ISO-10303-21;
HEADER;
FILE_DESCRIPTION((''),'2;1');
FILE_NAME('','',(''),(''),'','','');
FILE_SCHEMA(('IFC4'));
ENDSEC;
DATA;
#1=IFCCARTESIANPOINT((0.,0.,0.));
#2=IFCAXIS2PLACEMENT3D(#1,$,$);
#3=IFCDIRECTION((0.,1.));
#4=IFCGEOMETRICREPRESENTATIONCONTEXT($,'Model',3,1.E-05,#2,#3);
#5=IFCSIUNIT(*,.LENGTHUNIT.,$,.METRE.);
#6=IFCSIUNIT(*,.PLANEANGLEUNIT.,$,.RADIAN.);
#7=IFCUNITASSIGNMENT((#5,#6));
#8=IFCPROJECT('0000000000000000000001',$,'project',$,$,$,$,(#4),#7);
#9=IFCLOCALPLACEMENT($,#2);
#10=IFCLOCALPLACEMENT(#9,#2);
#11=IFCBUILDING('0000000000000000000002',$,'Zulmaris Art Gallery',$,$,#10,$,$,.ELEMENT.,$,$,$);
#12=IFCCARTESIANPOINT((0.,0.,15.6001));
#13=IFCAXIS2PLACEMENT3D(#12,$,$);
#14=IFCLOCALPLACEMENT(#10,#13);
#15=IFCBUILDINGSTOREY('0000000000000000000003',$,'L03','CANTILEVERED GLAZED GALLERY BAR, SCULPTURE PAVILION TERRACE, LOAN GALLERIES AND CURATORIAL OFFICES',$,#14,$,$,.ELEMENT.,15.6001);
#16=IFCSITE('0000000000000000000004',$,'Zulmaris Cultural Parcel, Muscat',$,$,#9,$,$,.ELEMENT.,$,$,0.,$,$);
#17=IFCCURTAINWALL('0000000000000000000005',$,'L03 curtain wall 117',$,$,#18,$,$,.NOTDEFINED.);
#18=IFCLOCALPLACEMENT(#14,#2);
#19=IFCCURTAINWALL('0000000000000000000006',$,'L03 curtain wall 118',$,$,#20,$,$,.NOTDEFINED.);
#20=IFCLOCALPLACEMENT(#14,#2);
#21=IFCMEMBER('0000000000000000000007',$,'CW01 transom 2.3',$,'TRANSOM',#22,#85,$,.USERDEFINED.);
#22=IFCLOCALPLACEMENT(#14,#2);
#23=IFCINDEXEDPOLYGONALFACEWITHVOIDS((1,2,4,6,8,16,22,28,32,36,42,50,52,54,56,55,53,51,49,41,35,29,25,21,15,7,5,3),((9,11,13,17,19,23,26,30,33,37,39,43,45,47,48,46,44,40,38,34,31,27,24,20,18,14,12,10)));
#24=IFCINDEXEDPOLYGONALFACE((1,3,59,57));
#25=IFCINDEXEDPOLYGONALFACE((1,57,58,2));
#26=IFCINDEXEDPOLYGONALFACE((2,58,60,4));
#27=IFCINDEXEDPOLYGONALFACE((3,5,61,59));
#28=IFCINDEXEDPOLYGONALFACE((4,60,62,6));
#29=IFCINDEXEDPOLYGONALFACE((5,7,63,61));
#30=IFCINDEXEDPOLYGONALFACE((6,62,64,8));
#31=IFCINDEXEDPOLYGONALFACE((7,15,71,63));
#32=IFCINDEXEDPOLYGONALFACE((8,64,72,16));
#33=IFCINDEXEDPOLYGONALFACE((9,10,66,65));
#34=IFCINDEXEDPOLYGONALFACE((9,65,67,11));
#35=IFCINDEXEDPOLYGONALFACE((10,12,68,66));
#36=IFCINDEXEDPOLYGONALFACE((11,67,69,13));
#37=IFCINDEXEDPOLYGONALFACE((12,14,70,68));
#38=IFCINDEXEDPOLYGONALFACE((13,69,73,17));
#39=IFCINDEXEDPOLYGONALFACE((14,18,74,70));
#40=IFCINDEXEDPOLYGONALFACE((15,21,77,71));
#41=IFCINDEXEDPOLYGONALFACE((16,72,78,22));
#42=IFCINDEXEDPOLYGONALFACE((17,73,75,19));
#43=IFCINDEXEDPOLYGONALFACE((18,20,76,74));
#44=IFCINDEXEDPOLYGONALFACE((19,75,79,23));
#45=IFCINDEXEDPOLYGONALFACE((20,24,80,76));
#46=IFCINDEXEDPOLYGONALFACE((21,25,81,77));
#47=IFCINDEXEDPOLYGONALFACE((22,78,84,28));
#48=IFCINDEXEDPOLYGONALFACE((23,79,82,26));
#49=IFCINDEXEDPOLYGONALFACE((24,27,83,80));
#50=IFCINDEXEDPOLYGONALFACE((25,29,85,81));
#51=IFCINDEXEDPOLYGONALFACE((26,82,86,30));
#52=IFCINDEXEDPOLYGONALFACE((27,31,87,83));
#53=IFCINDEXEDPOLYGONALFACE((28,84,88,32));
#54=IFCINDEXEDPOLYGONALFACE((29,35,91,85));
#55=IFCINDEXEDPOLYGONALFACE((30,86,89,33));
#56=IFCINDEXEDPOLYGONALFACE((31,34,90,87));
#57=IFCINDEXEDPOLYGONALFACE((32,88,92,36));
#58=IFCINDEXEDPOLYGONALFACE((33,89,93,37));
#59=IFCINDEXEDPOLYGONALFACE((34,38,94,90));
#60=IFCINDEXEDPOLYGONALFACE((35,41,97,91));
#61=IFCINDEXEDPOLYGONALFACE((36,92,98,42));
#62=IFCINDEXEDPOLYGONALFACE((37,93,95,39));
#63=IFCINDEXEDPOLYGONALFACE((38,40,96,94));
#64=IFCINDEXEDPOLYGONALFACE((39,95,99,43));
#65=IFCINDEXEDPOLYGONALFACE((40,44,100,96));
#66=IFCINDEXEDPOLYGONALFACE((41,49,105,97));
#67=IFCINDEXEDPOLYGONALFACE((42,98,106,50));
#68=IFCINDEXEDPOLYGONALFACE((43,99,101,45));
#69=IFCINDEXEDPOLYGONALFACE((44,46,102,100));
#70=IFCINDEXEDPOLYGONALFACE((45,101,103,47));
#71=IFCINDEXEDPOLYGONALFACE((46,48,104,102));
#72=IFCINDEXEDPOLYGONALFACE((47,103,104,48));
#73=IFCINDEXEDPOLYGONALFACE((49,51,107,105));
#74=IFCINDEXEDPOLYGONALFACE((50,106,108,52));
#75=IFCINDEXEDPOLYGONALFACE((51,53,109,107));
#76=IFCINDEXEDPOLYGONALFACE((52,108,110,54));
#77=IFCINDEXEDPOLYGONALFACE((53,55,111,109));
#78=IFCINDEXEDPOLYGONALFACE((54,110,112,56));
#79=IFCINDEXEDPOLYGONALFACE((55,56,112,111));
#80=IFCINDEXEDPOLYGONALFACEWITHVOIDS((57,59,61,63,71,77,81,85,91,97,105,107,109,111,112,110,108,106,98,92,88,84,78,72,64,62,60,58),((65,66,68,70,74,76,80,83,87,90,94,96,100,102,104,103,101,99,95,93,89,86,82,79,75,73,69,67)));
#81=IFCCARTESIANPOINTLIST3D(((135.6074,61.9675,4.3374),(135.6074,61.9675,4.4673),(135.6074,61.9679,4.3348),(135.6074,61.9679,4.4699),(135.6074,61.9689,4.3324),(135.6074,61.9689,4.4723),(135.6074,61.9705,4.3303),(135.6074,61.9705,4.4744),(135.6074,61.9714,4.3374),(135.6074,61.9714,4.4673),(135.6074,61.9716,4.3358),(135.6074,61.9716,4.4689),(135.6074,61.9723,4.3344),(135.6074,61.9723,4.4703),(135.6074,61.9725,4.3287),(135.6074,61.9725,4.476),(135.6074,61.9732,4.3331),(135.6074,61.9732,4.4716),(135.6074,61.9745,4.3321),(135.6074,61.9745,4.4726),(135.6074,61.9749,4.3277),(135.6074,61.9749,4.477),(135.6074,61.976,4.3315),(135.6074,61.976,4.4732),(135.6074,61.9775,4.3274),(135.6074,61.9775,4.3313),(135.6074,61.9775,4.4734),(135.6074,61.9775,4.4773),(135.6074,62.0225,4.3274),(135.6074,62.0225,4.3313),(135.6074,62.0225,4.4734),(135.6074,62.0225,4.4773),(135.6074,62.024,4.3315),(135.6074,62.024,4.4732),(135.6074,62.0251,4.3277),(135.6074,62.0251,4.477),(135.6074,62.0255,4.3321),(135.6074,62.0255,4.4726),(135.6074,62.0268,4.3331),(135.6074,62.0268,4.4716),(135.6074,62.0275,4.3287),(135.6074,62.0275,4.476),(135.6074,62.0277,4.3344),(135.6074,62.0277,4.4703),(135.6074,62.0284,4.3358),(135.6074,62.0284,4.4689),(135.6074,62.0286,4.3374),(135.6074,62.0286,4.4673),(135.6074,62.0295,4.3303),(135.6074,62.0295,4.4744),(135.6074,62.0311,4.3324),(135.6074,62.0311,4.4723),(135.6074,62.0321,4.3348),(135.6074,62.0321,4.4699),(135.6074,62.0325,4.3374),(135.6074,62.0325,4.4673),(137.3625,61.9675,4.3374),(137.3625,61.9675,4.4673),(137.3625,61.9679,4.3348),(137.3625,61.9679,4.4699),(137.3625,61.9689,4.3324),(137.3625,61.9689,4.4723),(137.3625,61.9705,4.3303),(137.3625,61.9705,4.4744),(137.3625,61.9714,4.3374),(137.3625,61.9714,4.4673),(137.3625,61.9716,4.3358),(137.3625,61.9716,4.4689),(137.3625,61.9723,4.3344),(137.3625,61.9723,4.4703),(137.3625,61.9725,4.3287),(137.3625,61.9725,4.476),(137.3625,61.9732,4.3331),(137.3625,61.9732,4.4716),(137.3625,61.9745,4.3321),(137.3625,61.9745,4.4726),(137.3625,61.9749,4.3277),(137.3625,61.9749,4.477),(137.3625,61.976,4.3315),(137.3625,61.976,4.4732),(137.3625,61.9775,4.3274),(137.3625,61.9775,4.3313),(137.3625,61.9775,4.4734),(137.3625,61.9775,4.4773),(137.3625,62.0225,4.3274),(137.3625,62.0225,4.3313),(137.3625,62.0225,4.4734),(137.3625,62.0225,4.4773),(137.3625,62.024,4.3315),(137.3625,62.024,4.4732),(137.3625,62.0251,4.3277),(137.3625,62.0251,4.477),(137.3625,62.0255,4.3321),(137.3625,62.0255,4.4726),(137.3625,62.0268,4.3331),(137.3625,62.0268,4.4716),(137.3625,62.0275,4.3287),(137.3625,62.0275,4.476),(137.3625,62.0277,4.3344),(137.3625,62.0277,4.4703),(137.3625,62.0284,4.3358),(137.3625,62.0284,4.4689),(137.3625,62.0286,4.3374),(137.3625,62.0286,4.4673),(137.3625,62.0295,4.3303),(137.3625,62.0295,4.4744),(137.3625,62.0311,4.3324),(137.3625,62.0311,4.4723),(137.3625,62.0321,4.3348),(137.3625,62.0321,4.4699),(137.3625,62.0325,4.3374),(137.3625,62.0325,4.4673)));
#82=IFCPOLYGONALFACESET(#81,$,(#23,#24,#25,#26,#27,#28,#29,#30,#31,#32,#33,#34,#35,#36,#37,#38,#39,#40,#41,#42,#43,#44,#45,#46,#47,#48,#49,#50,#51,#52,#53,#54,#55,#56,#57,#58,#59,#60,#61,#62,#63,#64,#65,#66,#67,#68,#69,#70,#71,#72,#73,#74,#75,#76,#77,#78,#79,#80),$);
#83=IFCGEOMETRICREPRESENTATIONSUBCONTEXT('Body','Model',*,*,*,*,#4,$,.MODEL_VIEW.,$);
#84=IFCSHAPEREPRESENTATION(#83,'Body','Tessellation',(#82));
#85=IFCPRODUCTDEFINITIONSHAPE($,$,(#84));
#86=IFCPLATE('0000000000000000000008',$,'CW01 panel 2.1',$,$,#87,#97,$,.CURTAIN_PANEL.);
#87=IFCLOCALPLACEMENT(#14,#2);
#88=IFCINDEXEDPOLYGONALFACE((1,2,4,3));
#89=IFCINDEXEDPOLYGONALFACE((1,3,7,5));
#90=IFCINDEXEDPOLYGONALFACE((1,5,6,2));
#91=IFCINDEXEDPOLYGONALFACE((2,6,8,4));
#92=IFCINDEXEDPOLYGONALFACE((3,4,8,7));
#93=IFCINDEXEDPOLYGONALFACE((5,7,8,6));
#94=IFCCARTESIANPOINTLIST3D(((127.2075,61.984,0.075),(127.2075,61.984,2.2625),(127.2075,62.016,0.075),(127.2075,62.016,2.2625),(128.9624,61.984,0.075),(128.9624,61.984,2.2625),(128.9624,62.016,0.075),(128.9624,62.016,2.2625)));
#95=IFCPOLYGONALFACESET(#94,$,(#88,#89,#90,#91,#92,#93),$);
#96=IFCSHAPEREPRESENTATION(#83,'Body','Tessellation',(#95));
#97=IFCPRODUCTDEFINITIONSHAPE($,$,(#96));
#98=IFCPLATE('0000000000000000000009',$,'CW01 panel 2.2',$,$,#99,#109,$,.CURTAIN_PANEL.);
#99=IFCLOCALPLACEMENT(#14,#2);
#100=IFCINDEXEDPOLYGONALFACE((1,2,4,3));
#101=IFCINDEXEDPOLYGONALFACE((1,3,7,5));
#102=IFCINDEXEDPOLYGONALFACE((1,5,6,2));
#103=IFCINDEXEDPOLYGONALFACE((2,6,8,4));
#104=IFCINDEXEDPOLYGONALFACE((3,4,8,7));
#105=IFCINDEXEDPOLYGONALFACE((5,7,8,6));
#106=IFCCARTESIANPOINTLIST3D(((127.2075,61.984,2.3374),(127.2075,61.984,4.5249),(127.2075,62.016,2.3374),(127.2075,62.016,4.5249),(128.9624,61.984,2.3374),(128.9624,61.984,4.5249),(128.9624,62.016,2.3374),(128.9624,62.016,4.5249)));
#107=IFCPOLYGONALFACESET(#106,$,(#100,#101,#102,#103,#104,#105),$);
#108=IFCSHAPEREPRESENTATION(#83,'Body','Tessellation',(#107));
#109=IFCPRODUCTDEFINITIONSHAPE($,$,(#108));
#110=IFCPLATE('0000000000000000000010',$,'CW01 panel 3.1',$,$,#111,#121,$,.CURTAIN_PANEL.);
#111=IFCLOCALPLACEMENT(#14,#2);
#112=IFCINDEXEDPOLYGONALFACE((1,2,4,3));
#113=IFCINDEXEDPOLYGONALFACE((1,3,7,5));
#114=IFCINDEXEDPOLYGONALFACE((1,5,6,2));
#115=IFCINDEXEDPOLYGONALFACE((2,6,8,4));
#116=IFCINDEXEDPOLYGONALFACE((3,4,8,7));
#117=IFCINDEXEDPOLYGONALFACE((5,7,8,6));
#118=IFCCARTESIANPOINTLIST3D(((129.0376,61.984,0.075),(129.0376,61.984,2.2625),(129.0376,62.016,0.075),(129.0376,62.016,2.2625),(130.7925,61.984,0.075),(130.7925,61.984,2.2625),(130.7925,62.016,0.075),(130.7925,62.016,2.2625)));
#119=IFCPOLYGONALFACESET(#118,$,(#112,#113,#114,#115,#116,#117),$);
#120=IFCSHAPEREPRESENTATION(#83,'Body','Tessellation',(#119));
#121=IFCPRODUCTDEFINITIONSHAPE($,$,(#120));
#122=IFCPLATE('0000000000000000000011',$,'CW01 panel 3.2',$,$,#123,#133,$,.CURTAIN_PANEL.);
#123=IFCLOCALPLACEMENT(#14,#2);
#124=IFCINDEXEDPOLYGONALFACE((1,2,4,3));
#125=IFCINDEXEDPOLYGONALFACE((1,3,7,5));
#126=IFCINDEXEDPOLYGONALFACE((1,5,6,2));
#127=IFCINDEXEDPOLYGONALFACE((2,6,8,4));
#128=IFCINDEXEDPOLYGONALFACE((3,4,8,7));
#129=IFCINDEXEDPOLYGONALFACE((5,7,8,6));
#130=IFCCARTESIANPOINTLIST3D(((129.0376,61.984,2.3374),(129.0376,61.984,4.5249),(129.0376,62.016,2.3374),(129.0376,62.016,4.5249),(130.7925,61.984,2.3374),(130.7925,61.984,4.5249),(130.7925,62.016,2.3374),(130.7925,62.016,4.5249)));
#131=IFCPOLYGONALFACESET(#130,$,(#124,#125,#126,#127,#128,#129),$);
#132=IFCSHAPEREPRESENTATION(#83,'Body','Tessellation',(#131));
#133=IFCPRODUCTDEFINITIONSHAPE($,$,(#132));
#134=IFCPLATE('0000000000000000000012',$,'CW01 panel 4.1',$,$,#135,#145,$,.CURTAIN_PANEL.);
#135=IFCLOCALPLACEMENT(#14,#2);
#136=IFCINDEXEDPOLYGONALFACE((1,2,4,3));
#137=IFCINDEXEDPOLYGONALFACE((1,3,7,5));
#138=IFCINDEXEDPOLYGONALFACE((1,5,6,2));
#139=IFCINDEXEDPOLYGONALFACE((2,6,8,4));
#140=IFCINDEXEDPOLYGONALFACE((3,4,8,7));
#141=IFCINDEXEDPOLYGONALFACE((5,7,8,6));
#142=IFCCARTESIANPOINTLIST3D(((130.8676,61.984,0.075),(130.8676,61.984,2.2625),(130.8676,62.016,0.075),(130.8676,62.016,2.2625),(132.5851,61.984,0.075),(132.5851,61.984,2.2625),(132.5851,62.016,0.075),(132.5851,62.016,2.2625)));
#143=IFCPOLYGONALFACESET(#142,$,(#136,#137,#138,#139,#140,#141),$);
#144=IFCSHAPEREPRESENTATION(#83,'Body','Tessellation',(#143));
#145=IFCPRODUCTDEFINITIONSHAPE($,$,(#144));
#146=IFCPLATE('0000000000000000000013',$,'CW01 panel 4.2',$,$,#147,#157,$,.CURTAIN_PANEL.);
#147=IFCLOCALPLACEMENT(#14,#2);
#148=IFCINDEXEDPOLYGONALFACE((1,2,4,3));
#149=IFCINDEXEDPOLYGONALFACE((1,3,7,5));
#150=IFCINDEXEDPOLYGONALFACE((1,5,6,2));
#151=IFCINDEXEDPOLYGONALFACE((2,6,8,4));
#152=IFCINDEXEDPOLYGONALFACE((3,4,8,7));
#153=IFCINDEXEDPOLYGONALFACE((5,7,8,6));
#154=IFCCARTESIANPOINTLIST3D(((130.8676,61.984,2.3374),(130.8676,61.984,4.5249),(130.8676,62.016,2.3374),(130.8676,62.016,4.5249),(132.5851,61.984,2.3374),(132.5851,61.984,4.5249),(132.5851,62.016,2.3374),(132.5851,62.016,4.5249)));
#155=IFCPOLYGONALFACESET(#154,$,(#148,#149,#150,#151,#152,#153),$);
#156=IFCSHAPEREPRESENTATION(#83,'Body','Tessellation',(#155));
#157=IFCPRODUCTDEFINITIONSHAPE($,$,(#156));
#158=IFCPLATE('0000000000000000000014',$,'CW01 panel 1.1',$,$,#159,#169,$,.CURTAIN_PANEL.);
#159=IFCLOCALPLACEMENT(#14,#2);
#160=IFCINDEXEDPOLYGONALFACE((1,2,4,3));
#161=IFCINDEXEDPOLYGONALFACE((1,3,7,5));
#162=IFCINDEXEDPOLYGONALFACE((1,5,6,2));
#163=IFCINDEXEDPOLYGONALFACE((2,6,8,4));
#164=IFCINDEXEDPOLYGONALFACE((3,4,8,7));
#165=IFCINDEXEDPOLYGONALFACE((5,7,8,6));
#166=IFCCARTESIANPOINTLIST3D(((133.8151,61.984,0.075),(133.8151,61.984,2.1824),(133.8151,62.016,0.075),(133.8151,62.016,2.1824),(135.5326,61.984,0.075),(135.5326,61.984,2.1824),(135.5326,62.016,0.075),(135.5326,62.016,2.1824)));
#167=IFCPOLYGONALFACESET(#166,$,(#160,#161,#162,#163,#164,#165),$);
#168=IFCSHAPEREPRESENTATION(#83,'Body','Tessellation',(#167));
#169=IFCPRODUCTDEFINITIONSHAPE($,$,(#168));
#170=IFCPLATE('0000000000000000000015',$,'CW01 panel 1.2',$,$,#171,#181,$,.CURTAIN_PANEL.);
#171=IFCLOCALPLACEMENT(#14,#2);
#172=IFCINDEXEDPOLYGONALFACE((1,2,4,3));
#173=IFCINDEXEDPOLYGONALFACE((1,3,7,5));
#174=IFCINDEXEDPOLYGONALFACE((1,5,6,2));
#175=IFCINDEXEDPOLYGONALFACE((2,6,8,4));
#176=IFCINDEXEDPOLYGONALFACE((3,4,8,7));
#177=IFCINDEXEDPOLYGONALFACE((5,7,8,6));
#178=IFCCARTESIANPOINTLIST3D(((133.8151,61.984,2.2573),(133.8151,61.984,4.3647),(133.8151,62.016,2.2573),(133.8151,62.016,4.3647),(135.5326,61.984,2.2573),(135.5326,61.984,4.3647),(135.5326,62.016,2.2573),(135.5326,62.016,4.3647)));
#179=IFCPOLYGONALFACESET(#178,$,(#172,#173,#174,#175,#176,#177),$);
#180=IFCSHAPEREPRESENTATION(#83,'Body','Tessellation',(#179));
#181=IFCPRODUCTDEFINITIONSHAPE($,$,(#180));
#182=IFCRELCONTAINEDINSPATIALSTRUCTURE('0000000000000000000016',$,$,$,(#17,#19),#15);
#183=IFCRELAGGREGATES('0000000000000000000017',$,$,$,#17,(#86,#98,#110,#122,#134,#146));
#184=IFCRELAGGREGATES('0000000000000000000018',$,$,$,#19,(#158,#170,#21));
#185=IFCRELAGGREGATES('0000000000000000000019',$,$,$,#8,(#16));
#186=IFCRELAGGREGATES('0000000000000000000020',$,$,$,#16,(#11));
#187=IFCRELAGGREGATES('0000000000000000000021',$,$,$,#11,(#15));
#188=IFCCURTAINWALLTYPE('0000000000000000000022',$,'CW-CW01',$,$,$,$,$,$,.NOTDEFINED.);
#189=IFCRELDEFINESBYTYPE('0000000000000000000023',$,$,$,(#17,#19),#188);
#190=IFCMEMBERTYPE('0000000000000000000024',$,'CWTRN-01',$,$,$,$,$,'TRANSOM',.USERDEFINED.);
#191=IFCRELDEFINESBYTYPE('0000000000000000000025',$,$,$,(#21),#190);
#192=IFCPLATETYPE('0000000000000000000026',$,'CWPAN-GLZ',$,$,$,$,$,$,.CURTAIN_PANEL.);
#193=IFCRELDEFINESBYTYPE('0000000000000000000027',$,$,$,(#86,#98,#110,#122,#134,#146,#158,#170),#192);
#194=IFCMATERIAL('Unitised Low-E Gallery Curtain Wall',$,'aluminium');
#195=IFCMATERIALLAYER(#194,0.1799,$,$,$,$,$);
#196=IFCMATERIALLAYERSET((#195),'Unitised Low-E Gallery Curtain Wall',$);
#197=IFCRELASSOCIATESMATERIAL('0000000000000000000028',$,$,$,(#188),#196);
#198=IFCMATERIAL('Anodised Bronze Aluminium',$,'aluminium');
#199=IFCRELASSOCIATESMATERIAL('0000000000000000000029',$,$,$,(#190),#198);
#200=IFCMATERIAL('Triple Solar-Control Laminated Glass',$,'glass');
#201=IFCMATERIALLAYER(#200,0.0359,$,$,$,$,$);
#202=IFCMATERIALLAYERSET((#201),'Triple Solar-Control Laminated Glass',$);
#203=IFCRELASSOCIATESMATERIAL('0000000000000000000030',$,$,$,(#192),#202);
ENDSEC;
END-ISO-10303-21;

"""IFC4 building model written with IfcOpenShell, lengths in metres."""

from ifc_helpers import new_model, si_unit, direction, frame, origin, origin_2d, place, context, subcontext, project, spatial, rectangle, hollow_rectangle, extrude, material, layer, layer_set, material_profile, profile_set, type_object, element, aggregate, save


model = new_model("IFC4")

# Units and contexts
model_context = context("Model", 3, precision=1e-05, world=origin(), true_north=direction((0.0, 1.0)))
body_context = subcontext(model_context, "Body", "Model", "MODEL_VIEW")
ifc_project = project(units=[si_unit("LENGTHUNIT", "METRE"), si_unit("PLANEANGLEUNIT", "RADIAN")], contexts=[model_context])

# Site, building, storey
site_placement = place(None, origin())
site = spatial("IfcSite", under=ifc_project, at=site_placement, Name="Zulmaris Cultural Parcel, Muscat", CompositionType="ELEMENT", RefElevation=0.0)
building_placement = place(site_placement, origin())
building = spatial("IfcBuilding", under=site, at=building_placement, Name="Zulmaris Art Gallery", CompositionType="ELEMENT")
storey_placement = place(building_placement, frame((0.0, 0.0, 15.6001)))
storey = spatial("IfcBuildingStorey", under=building, at=storey_placement, Name="L03", Description="CANTILEVERED GLAZED GALLERY BAR, SCULPTURE PAVILION TERRACE, LOAN GALLERIES AND CURATORIAL OFFICES", CompositionType="ELEMENT", Elevation=15.6001)

# Curtain walls
ifc_material_1 = material(Name="Unitised Low-E Gallery Curtain Wall", Category="aluminium")
ifc_layer_1 = layer(ifc_material_1, 0.1799)
ifc_layer_set_1 = layer_set([ifc_layer_1], Name="Unitised Low-E Gallery Curtain Wall")
curtain_wall_type = type_object("IfcCurtainWallType", Name="CW-CW01", PredefinedType="NOTDEFINED", material=ifc_layer_set_1)
curtain_wall_1_placement = place(storey_placement, origin())
curtain_wall_1 = element("IfcCurtainWall", 1, at=curtain_wall_1_placement, inside=storey, type_object=curtain_wall_type, Name="L03 curtain wall 117", PredefinedType="NOTDEFINED")
ifc_material_2 = material(Name="Anodised Bronze Aluminium", Category="aluminium")
curtain_wall_2_placement = place(storey_placement, origin())
curtain_wall_2 = element("IfcCurtainWall", 2, at=curtain_wall_2_placement, inside=storey, type_object=curtain_wall_type, Name="L03 curtain wall 118", PredefinedType="NOTDEFINED")

# Member
ifc_material_profile_1 = material_profile(ifc_material_2, hollow_rectangle(XDim=0.0649, YDim=0.1499, WallThickness=0.0039, InnerFilletRadius=0.0061, OuterFilletRadius=0.01, at=origin_2d()), Name="ALU 65x150x4")
ifc_profile_set_1 = profile_set([ifc_material_profile_1], Name="Anodised Bronze Aluminium")
member_type_1 = type_object("IfcMemberType", Name="CWTRN-01", ElementType="TRANSOM", PredefinedType="USERDEFINED", material=ifc_profile_set_1)
member_1_placement = place(storey_placement, frame((135.6074, 62.0, 4.4023), z_axis=(1.0, 0.0, 0.0), x_axis=(0.0, 1.0, 0.0)))
member_1 = element("IfcMember", 3, at=member_1_placement, type_object=member_type_1, Name="CW01 transom 2.3", ObjectType="TRANSOM", PredefinedType="USERDEFINED", context=body_context, shape_type="SweptSolid", body=[
    extrude(hollow_rectangle(XDim=0.0649, YDim=0.1499, WallThickness=0.0039, InnerFilletRadius=0.0061, OuterFilletRadius=0.01, at=origin_2d()), origin(), (0.0, 0.0, 1.0), 1.7551),
])

# Plates
ifc_material_3 = material(Name="Triple Solar-Control Laminated Glass", Category="glass")
ifc_layer_2 = layer(ifc_material_3, 0.0359)
ifc_layer_set_2 = layer_set([ifc_layer_2], Name="Triple Solar-Control Laminated Glass")
plate_type = type_object("IfcPlateType", Name="CWPAN-GLZ", PredefinedType="CURTAIN_PANEL", material=ifc_layer_set_2)
plate_1_placement = place(storey_placement, frame((128.085, 62.0, 0.075), z_axis=(0.0, 0.0, 1.0), x_axis=(1.0, 0.0, 0.0)))
plate_1 = element("IfcPlate", 4, at=plate_1_placement, type_object=plate_type, Name="CW01 panel 2.1", PredefinedType="CURTAIN_PANEL", context=body_context, shape_type="SweptSolid", body=[
    extrude(rectangle(XDim=1.7549, YDim=0.032, at=origin_2d()), origin(), (0.0, 0.0, 1.0), 2.1875),
])
plate_2_placement = place(storey_placement, frame((128.085, 62.0, 2.3374), z_axis=(0.0, 0.0, 1.0), x_axis=(1.0, 0.0, 0.0)))
plate_2 = element("IfcPlate", 5, at=plate_2_placement, type_object=plate_type, Name="CW01 panel 2.2", PredefinedType="CURTAIN_PANEL", context=body_context, shape_type="SweptSolid", body=[
    extrude(rectangle(XDim=1.7549, YDim=0.032, at=origin_2d()), origin(), (0.0, 0.0, 1.0), 2.1875),
])
plate_3_placement = place(storey_placement, frame((129.915, 62.0, 0.075), z_axis=(0.0, 0.0, 1.0), x_axis=(1.0, 0.0, 0.0)))
plate_3 = element("IfcPlate", 6, at=plate_3_placement, type_object=plate_type, Name="CW01 panel 3.1", PredefinedType="CURTAIN_PANEL", context=body_context, shape_type="SweptSolid", body=[
    extrude(rectangle(XDim=1.7549, YDim=0.032, at=origin_2d()), origin(), (0.0, 0.0, 1.0), 2.1875),
])
plate_4_placement = place(storey_placement, frame((129.915, 62.0, 2.3374), z_axis=(0.0, 0.0, 1.0), x_axis=(1.0, 0.0, 0.0)))
plate_4 = element("IfcPlate", 7, at=plate_4_placement, type_object=plate_type, Name="CW01 panel 3.2", PredefinedType="CURTAIN_PANEL", context=body_context, shape_type="SweptSolid", body=[
    extrude(rectangle(XDim=1.7549, YDim=0.032, at=origin_2d()), origin(), (0.0, 0.0, 1.0), 2.1875),
])
plate_5_placement = place(storey_placement, frame((131.7263, 62.0, 0.075), z_axis=(0.0, 0.0, 1.0), x_axis=(1.0, 0.0, 0.0)))
plate_5 = element("IfcPlate", 8, at=plate_5_placement, type_object=plate_type, Name="CW01 panel 4.1", PredefinedType="CURTAIN_PANEL", context=body_context, shape_type="SweptSolid", body=[
    extrude(rectangle(XDim=1.7175, YDim=0.032, at=origin_2d()), origin(), (0.0, 0.0, 1.0), 2.1875),
])
plate_6_placement = place(storey_placement, frame((131.7263, 62.0, 2.3374), z_axis=(0.0, 0.0, 1.0), x_axis=(1.0, 0.0, 0.0)))
plate_6 = element("IfcPlate", 9, at=plate_6_placement, type_object=plate_type, Name="CW01 panel 4.2", PredefinedType="CURTAIN_PANEL", context=body_context, shape_type="SweptSolid", body=[
    extrude(rectangle(XDim=1.7175, YDim=0.032, at=origin_2d()), origin(), (0.0, 0.0, 1.0), 2.1875),
])
aggregate(curtain_wall_1, [plate_1, plate_2, plate_3, plate_4, plate_5, plate_6])
plate_7_placement = place(storey_placement, frame((134.6738, 62.0, 0.075), z_axis=(0.0, 0.0, 1.0), x_axis=(1.0, 0.0, 0.0)))
plate_7 = element("IfcPlate", 10, at=plate_7_placement, type_object=plate_type, Name="CW01 panel 1.1", PredefinedType="CURTAIN_PANEL", context=body_context, shape_type="SweptSolid", body=[
    extrude(rectangle(XDim=1.7175, YDim=0.032, at=origin_2d()), origin(), (0.0, 0.0, 1.0), 2.1074),
])
plate_8_placement = place(storey_placement, frame((134.6738, 62.0, 2.2573), z_axis=(0.0, 0.0, 1.0), x_axis=(1.0, 0.0, 0.0)))
plate_8 = element("IfcPlate", 11, at=plate_8_placement, type_object=plate_type, Name="CW01 panel 1.2", PredefinedType="CURTAIN_PANEL", context=body_context, shape_type="SweptSolid", body=[
    extrude(rectangle(XDim=1.7175, YDim=0.032, at=origin_2d()), origin(), (0.0, 0.0, 1.0), 2.1074),
])
aggregate(curtain_wall_2, [plate_7, plate_8, member_1])

save(model, "model.ifc")
